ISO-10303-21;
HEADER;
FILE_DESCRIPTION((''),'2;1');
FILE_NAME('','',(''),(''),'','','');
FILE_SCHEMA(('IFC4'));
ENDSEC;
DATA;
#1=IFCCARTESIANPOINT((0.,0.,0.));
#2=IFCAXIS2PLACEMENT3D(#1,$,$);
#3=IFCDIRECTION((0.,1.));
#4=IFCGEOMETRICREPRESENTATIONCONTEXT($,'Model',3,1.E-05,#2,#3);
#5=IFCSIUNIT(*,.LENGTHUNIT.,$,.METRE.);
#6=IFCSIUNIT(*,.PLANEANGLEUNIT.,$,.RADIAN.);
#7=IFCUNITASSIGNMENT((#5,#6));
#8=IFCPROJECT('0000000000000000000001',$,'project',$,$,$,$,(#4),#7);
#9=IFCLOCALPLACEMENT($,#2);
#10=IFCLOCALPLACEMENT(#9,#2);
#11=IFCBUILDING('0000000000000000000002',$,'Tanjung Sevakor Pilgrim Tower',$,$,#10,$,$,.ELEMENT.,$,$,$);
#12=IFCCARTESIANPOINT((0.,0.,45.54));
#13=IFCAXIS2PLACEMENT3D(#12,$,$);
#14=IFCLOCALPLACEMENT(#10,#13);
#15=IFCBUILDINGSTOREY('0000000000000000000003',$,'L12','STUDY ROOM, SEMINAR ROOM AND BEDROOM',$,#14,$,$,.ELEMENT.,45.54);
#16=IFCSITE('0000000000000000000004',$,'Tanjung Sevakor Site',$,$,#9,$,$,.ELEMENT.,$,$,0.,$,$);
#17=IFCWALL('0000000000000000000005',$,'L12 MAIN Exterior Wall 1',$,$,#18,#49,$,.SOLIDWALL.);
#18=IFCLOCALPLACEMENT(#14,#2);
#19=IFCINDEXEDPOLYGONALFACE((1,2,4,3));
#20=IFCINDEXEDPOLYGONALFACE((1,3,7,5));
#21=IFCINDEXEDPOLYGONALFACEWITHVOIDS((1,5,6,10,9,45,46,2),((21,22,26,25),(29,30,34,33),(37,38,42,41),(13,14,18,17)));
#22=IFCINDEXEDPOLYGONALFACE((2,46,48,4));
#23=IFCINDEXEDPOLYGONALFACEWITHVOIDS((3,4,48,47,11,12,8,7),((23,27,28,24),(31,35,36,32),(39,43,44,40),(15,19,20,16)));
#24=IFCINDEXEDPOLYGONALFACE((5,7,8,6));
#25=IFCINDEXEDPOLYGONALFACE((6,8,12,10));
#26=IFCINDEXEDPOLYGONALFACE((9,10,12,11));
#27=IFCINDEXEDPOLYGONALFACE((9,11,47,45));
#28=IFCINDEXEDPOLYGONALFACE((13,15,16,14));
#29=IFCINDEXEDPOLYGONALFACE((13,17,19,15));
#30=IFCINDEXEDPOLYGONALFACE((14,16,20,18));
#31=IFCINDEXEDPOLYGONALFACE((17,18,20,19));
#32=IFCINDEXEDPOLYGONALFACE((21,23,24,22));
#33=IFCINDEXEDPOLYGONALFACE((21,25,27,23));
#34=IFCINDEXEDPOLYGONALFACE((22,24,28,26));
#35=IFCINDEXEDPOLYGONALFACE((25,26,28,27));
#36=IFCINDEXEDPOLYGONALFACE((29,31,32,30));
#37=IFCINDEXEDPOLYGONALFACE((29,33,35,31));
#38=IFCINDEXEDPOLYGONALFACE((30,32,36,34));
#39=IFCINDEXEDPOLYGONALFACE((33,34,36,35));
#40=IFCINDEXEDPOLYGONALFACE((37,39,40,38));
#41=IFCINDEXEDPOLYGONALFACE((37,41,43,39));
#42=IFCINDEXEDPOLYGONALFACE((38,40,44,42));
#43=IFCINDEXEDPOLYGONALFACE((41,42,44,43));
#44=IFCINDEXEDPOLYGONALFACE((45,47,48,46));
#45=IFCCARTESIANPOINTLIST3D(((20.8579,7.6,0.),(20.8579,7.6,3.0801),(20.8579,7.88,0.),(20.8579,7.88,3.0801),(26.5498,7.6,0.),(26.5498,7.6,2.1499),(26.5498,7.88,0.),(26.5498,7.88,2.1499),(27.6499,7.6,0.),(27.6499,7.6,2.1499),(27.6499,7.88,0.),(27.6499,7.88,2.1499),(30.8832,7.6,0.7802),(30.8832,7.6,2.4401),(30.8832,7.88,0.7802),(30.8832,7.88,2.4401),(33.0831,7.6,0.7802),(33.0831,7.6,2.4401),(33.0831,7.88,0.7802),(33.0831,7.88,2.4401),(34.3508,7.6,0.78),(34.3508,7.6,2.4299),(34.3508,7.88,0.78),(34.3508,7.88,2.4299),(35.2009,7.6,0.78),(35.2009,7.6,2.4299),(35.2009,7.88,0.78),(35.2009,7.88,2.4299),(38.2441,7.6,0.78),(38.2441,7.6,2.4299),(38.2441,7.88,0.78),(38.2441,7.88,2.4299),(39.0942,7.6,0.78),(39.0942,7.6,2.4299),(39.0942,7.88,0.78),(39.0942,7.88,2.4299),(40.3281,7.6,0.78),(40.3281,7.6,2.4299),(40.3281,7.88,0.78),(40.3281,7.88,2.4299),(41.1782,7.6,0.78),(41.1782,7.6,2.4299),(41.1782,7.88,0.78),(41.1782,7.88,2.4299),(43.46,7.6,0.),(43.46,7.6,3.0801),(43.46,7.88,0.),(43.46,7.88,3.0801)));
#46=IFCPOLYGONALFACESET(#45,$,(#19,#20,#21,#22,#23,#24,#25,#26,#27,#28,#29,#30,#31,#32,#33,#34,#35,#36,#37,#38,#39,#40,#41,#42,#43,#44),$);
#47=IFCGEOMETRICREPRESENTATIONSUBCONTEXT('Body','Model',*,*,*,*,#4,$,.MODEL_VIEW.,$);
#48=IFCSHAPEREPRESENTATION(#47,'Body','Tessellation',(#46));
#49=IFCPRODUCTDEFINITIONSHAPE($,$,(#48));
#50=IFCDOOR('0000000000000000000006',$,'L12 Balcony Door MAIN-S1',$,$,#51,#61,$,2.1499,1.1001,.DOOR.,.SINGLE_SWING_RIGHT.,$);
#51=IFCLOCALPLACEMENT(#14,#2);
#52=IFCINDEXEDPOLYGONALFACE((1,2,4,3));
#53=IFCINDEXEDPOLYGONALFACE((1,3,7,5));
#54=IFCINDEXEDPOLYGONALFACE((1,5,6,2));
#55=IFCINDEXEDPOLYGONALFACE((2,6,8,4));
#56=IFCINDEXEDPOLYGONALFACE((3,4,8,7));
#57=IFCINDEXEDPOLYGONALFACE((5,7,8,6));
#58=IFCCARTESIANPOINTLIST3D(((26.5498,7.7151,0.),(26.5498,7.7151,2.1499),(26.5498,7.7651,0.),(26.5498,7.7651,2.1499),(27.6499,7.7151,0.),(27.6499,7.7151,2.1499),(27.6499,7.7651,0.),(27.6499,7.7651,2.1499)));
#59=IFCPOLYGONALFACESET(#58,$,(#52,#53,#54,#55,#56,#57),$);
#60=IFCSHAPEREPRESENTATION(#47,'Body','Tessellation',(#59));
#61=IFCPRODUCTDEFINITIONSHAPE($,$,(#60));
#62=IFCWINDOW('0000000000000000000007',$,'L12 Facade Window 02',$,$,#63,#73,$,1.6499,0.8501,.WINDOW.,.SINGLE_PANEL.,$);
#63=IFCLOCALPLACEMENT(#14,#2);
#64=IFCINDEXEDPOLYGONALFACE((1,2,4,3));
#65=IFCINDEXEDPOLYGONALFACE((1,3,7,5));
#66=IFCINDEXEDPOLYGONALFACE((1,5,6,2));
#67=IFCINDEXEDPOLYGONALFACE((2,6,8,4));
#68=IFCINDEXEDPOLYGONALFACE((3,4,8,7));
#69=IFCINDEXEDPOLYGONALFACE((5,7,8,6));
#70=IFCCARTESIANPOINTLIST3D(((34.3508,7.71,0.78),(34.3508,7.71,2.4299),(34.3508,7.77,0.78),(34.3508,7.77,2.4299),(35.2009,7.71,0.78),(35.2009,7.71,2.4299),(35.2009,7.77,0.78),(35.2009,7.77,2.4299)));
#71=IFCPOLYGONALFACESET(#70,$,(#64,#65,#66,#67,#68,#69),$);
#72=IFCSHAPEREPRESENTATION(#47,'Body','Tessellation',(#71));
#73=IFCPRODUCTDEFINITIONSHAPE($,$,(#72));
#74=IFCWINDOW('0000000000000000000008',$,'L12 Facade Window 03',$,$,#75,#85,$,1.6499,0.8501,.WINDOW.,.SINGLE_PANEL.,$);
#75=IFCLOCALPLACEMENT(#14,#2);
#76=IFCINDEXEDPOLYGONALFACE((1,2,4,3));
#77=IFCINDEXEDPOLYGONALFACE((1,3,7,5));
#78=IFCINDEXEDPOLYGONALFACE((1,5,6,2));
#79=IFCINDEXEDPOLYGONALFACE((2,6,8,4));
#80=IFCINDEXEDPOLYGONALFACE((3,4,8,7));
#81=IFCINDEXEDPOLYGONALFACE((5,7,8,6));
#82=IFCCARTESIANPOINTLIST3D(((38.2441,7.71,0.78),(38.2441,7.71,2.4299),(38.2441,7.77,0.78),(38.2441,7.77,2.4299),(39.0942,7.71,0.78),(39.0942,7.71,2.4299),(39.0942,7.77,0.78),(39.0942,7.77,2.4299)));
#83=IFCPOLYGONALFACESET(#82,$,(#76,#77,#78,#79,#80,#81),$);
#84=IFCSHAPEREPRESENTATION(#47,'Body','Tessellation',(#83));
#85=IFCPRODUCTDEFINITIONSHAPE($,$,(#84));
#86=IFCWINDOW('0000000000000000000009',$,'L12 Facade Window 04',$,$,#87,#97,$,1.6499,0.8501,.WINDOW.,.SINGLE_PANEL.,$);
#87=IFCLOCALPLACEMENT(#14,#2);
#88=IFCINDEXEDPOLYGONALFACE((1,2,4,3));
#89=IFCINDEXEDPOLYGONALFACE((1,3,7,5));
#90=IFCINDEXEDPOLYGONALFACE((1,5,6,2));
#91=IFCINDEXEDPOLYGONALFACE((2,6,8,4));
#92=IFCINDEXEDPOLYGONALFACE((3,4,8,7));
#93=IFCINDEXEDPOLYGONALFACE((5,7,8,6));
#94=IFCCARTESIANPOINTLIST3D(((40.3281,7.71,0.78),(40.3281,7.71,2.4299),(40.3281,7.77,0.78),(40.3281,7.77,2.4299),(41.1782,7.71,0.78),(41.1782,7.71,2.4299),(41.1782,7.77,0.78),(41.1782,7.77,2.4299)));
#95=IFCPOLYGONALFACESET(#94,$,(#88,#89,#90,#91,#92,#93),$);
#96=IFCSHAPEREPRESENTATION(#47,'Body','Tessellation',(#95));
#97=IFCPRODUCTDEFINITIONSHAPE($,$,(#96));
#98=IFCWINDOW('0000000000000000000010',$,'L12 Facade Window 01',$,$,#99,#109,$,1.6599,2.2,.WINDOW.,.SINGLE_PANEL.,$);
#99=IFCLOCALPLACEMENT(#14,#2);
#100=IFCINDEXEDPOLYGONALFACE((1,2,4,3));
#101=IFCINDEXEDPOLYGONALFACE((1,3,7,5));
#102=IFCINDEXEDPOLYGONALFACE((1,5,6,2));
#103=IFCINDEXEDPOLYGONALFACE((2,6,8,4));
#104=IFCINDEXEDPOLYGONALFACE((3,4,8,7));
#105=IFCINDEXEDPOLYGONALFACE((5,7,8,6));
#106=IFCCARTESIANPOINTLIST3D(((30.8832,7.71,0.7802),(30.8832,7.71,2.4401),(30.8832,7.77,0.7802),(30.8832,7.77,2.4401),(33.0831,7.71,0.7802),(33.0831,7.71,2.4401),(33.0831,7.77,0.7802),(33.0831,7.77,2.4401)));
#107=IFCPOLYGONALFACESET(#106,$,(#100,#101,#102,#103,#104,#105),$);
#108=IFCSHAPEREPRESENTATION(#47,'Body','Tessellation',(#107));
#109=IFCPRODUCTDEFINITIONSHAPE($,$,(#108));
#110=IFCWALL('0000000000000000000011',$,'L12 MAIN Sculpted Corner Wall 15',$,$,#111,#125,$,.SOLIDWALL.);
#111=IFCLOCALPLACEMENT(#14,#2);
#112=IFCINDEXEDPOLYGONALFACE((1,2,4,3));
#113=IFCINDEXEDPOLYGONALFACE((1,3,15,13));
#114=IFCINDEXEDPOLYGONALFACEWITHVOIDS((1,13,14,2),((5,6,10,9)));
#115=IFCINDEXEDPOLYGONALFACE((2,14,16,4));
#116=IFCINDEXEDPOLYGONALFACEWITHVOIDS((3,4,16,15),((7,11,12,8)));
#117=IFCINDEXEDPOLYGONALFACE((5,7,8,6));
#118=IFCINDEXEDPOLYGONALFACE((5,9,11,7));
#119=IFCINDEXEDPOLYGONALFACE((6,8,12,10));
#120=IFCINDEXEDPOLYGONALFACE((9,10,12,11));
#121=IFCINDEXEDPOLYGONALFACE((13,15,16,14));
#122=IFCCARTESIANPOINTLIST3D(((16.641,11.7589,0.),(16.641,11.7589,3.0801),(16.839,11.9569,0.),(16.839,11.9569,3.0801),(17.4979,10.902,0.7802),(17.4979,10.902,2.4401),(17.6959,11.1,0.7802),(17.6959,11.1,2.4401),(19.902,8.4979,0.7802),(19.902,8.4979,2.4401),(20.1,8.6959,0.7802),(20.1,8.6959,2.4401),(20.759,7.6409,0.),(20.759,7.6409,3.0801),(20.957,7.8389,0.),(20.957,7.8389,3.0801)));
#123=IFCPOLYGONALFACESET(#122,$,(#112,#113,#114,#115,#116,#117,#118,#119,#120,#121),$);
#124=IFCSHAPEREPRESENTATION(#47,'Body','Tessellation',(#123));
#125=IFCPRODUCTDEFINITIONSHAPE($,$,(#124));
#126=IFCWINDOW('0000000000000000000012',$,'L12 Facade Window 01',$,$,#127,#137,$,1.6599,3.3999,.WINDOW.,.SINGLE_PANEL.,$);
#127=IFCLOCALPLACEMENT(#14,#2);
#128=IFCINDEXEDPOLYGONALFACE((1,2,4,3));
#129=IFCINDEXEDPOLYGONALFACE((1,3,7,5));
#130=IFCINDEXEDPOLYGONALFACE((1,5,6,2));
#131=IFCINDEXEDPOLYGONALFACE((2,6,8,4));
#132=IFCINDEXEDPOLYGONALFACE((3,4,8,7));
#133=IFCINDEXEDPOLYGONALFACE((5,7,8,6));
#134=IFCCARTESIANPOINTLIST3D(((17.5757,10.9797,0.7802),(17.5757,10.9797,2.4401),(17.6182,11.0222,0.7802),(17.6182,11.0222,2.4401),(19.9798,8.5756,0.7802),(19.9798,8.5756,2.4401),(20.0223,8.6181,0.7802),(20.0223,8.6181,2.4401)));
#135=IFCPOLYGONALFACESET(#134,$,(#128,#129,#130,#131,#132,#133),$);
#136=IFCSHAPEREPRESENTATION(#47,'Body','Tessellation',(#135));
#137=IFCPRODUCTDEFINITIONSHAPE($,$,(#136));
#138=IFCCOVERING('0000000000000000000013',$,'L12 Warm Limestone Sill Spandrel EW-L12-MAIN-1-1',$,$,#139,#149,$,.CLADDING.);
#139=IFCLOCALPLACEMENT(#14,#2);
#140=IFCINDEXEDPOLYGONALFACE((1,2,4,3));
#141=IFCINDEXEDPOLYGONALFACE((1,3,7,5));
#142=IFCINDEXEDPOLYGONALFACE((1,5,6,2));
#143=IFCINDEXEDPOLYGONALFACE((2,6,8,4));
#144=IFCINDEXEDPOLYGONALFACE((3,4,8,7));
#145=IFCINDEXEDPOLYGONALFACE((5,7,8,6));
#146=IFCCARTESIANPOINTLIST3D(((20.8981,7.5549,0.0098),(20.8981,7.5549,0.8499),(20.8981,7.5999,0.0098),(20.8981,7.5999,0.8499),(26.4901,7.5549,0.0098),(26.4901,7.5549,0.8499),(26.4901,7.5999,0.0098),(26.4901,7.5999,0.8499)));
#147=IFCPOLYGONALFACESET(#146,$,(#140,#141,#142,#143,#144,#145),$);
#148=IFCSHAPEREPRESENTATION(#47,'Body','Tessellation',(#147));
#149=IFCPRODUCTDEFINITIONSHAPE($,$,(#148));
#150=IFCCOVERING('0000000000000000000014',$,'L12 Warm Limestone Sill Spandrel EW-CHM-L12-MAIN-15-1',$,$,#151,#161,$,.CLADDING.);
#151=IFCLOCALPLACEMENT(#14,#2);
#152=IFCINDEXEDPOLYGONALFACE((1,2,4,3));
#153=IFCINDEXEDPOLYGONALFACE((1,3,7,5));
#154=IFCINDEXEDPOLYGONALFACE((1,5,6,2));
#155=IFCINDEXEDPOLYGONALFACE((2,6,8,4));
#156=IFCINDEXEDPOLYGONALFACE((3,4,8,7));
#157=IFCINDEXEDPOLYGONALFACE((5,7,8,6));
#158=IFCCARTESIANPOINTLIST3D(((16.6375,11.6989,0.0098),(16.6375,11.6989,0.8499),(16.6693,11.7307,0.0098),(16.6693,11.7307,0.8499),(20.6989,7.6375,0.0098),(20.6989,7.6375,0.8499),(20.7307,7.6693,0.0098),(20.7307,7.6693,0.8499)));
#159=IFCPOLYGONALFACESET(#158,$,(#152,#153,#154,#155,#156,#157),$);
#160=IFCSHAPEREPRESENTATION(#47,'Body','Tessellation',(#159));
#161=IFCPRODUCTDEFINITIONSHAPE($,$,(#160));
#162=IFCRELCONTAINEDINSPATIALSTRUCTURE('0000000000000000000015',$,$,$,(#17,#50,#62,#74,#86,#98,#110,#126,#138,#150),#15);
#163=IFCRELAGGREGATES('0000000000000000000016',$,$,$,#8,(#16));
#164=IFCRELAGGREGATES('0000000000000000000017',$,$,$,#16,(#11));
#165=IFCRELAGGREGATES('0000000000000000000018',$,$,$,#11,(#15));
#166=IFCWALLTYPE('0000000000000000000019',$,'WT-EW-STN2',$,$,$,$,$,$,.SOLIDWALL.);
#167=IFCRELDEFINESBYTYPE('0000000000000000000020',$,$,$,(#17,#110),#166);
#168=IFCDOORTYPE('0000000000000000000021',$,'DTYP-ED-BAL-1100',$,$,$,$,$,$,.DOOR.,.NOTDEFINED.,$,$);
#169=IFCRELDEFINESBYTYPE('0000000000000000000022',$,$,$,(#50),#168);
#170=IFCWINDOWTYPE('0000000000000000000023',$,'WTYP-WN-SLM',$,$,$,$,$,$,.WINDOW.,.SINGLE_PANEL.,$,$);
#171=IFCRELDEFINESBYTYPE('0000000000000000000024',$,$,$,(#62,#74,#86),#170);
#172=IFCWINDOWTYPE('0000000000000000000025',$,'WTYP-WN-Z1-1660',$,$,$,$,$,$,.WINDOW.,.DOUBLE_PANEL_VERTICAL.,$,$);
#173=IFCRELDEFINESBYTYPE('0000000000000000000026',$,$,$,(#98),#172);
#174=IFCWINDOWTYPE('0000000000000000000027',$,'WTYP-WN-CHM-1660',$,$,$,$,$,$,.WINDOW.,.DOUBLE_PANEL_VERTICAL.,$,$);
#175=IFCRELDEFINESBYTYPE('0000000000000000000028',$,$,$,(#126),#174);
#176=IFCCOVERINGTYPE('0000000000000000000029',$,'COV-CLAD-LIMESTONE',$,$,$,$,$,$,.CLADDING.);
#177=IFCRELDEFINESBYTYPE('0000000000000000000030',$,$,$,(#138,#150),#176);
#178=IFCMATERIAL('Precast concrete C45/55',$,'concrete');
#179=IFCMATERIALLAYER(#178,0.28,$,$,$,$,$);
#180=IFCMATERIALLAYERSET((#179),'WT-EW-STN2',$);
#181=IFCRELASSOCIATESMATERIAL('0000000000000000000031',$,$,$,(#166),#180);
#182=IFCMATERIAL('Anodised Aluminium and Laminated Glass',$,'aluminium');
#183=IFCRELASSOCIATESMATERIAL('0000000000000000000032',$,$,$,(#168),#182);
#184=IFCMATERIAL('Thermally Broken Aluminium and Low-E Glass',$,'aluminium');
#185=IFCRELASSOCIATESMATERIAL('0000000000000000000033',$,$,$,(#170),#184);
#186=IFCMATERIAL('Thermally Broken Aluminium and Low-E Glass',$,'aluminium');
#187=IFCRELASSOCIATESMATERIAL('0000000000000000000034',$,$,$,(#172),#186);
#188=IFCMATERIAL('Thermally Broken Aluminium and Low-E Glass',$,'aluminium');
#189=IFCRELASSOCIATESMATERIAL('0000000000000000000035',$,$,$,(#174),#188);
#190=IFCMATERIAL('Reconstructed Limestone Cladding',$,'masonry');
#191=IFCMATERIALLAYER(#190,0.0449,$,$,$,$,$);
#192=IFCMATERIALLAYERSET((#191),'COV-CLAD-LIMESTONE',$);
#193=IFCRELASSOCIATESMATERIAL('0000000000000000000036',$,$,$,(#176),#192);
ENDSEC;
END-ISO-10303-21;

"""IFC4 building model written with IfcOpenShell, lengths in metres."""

from ifc_helpers import new_model, si_unit, direction, frame, frame_2d, origin, origin_2d, place, context, subcontext, project, spatial, rectangle, extrude, material, layer, layer_set, type_object, element, fill, save


model = new_model("IFC4")

# Units and contexts
model_context = context("Model", 3, precision=1e-05, world=origin(), true_north=direction((0.0, 1.0)))
body_context = subcontext(model_context, "Body", "Model", "MODEL_VIEW")
ifc_project = project(units=[si_unit("LENGTHUNIT", "METRE"), si_unit("PLANEANGLEUNIT", "RADIAN")], contexts=[model_context])

# Site, building, storey
site_placement = place(None, origin())
site = spatial("IfcSite", under=ifc_project, at=site_placement, Name="Tanjung Sevakor Site", CompositionType="ELEMENT", RefElevation=0.0)
building_placement = place(site_placement, origin())
building = spatial("IfcBuilding", under=site, at=building_placement, Name="Tanjung Sevakor Pilgrim Tower", CompositionType="ELEMENT")
storey_placement = place(building_placement, frame((0.0, 0.0, 45.54)))
storey = spatial("IfcBuildingStorey", under=building, at=storey_placement, Name="L12", Description="STUDY ROOM, SEMINAR ROOM AND BEDROOM", CompositionType="ELEMENT", Elevation=45.54)

# Wall, openings, door, windows
ifc_material_1 = material(Name="Precast concrete C45/55", Category="concrete")
ifc_layer_1 = layer(ifc_material_1, 0.28)
ifc_layer_set_1 = layer_set([ifc_layer_1], Name="WT-EW-STN2")
wall_type_1 = type_object("IfcWallType", Name="WT-EW-STN2", PredefinedType="SOLIDWALL", material=ifc_layer_set_1)
wall_1_placement = place(storey_placement, frame((20.8579, 7.74, 0.0), z_axis=(0.0, 0.0, 1.0), x_axis=(1.0, 0.0, 0.0)))
wall_1 = element("IfcWall", 1, at=wall_1_placement, inside=storey, type_object=wall_type_1, Name="L12 MAIN Exterior Wall 1", PredefinedType="SOLIDWALL", context=body_context, shape_type="SweptSolid", body=[
    extrude(rectangle(XDim=22.6021, YDim=0.28, at=frame_2d((11.301, 0.0))), origin(), (0.0, 0.0, 1.0), 3.0801),
])
opening_1_placement = place(wall_1_placement, frame((5.6919, 0.0, 0.0)))
opening_1 = element("IfcOpeningElement", 2, at=opening_1_placement, cuts=wall_1, PredefinedType="OPENING", context=body_context, shape_type="SweptSolid", body=[
    extrude(rectangle(XDim=1.1001, YDim=2.1499, at=frame_2d((0.55, 1.075))), frame((0.0, 0.1499, 0.0), z_axis=(0.0, -1.0, 0.0), x_axis=(1.0, 0.0, 0.0)), (0.0, 0.0, 1.0), 0.3),
])
opening_2_placement = place(wall_1_placement, frame((10.0251, 0.0, 0.78)))
opening_2 = element("IfcOpeningElement", 3, at=opening_2_placement, cuts=wall_1, PredefinedType="OPENING", context=body_context, shape_type="SweptSolid", body=[
    extrude(rectangle(XDim=2.2, YDim=1.6599, at=frame_2d((1.1001, 0.8301))), frame((0.0, 0.1499, 0.0), z_axis=(0.0, -1.0, 0.0), x_axis=(1.0, 0.0, 0.0)), (0.0, 0.0, 1.0), 0.3),
])
opening_3_placement = place(wall_1_placement, frame((13.4929, 0.0, 0.78)))
opening_3 = element("IfcOpeningElement", 4, at=opening_3_placement, cuts=wall_1, PredefinedType="OPENING", context=body_context, shape_type="SweptSolid", body=[
    extrude(rectangle(XDim=0.8501, YDim=1.6499, at=frame_2d((0.425, 0.825))), frame((0.0, 0.1499, 0.0), z_axis=(0.0, -1.0, 0.0), x_axis=(1.0, 0.0, 0.0)), (0.0, 0.0, 1.0), 0.3),
])
opening_4_placement = place(wall_1_placement, frame((17.3862, 0.0, 0.78)))
opening_4 = element("IfcOpeningElement", 5, at=opening_4_placement, cuts=wall_1, PredefinedType="OPENING", context=body_context, shape_type="SweptSolid", body=[
    extrude(rectangle(XDim=0.8501, YDim=1.6499, at=frame_2d((0.425, 0.825))), frame((0.0, 0.1499, 0.0), z_axis=(0.0, -1.0, 0.0), x_axis=(1.0, 0.0, 0.0)), (0.0, 0.0, 1.0), 0.3),
])
opening_5_placement = place(wall_1_placement, frame((19.4702, 0.0, 0.78)))
opening_5 = element("IfcOpeningElement", 6, at=opening_5_placement, cuts=wall_1, PredefinedType="OPENING", context=body_context, shape_type="SweptSolid", body=[
    extrude(rectangle(XDim=0.8501, YDim=1.6499, at=frame_2d((0.425, 0.825))), frame((0.0, 0.1499, 0.0), z_axis=(0.0, -1.0, 0.0), x_axis=(1.0, 0.0, 0.0)), (0.0, 0.0, 1.0), 0.3),
])
ifc_material_2 = material(Name="Anodised Aluminium and Laminated Glass", Category="aluminium")
door_type = type_object("IfcDoorType", Name="DTYP-ED-BAL-1100", OperationType="NOTDEFINED", PredefinedType="DOOR", material=ifc_material_2)
door_placement = place(opening_1_placement, frame((1.1001, 0.0, 0.0), z_axis=(0.0, 0.0, 1.0), x_axis=(-1.0, 0.0, 0.0)))
door = element("IfcDoor", 7, at=door_placement, inside=storey, type_object=door_type, Name="L12 Balcony Door MAIN-S1", OperationType="SINGLE_SWING_RIGHT", OverallHeight=2.1499, OverallWidth=1.1001, PredefinedType="DOOR", context=body_context, shape_type="SweptSolid", body=[
    extrude(rectangle(XDim=1.1001, YDim=2.1499, at=frame_2d((0.55, 1.075))), frame((0.0, 0.0249, 0.0), z_axis=(0.0, -1.0, 0.0), x_axis=(1.0, 0.0, 0.0)), (0.0, 0.0, 1.0), 0.05),
])
fill(opening_1, door)
ifc_material_3 = material(Name="Thermally Broken Aluminium and Low-E Glass", Category="aluminium")
window_type_1 = type_object("IfcWindowType", Name="WTYP-WN-SLM", PartitioningType="SINGLE_PANEL", PredefinedType="WINDOW", material=ifc_material_3)
window_1_placement = place(opening_3_placement, origin())
window_1 = element("IfcWindow", 8, at=window_1_placement, inside=storey, type_object=window_type_1, Name="L12 Facade Window 02", OverallHeight=1.6499, OverallWidth=0.8501, PartitioningType="SINGLE_PANEL", PredefinedType="WINDOW", context=body_context, shape_type="SweptSolid", body=[
    extrude(rectangle(XDim=0.8501, YDim=1.6499, at=frame_2d((0.425, 0.825))), frame((0.0, 0.03, 0.0), z_axis=(0.0, -1.0, 0.0), x_axis=(1.0, 0.0, 0.0)), (0.0, 0.0, 1.0), 0.0601),
])
fill(opening_3, window_1)
window_2_placement = place(opening_4_placement, origin())
window_2 = element("IfcWindow", 9, at=window_2_placement, inside=storey, type_object=window_type_1, Name="L12 Facade Window 03", OverallHeight=1.6499, OverallWidth=0.8501, PartitioningType="SINGLE_PANEL", PredefinedType="WINDOW", context=body_context, shape_type="SweptSolid", body=[
    extrude(rectangle(XDim=0.8501, YDim=1.6499, at=frame_2d((0.425, 0.825))), frame((0.0, 0.03, 0.0), z_axis=(0.0, -1.0, 0.0), x_axis=(1.0, 0.0, 0.0)), (0.0, 0.0, 1.0), 0.0601),
])
fill(opening_4, window_2)
window_3_placement = place(opening_5_placement, origin())
window_3 = element("IfcWindow", 10, at=window_3_placement, inside=storey, type_object=window_type_1, Name="L12 Facade Window 04", OverallHeight=1.6499, OverallWidth=0.8501, PartitioningType="SINGLE_PANEL", PredefinedType="WINDOW", context=body_context, shape_type="SweptSolid", body=[
    extrude(rectangle(XDim=0.8501, YDim=1.6499, at=frame_2d((0.425, 0.825))), frame((0.0, 0.03, 0.0), z_axis=(0.0, -1.0, 0.0), x_axis=(1.0, 0.0, 0.0)), (0.0, 0.0, 1.0), 0.0601),
])
fill(opening_5, window_3)
ifc_material_4 = material(Name="Thermally Broken Aluminium and Low-E Glass", Category="aluminium")
window_type_2 = type_object("IfcWindowType", Name="WTYP-WN-Z1-1660", PartitioningType="DOUBLE_PANEL_VERTICAL", PredefinedType="WINDOW", material=ifc_material_4)
window_4_placement = place(opening_2_placement, origin())
window_4 = element("IfcWindow", 11, at=window_4_placement, inside=storey, type_object=window_type_2, Name="L12 Facade Window 01", OverallHeight=1.6599, OverallWidth=2.2, PartitioningType="SINGLE_PANEL", PredefinedType="WINDOW", context=body_context, shape_type="SweptSolid", body=[
    extrude(rectangle(XDim=2.2, YDim=1.6599, at=frame_2d((1.1001, 0.8301))), frame((0.0, 0.03, 0.0), z_axis=(0.0, -1.0, 0.0), x_axis=(1.0, 0.0, 0.0)), (0.0, 0.0, 1.0), 0.0601),
])
fill(opening_2, window_4)

# Wall, opening, window
wall_2_placement = place(storey_placement, frame((16.74, 11.8579, 0.0), z_axis=(0.0, 0.0, 1.0), x_axis=(0.707107, -0.707107, 0.0)))
wall_2 = element("IfcWall", 12, at=wall_2_placement, inside=storey, type_object=wall_type_1, Name="L12 MAIN Sculpted Corner Wall 15", PredefinedType="SOLIDWALL", context=body_context, shape_type="SweptSolid", body=[
    extrude(rectangle(XDim=5.8237, YDim=0.28, at=frame_2d((2.9119, 0.0))), origin(), (0.0, 0.0, 1.0), 3.0801),
])
opening_6_placement = place(wall_2_placement, frame((1.2119, 0.0, 0.78)))
opening_6 = element("IfcOpeningElement", 13, at=opening_6_placement, cuts=wall_2, PredefinedType="OPENING", context=body_context, shape_type="SweptSolid", body=[
    extrude(rectangle(XDim=3.3999, YDim=1.6599, at=frame_2d((1.7, 0.8301))), frame((0.0, 0.1499, 0.0), z_axis=(0.0, -1.0, 0.0), x_axis=(1.0, 0.0, 0.0)), (0.0, 0.0, 1.0), 0.3),
])
ifc_material_5 = material(Name="Thermally Broken Aluminium and Low-E Glass", Category="aluminium")
window_type_3 = type_object("IfcWindowType", Name="WTYP-WN-CHM-1660", PartitioningType="DOUBLE_PANEL_VERTICAL", PredefinedType="WINDOW", material=ifc_material_5)
window_5_placement = place(opening_6_placement, origin())
window_5 = element("IfcWindow", 14, at=window_5_placement, inside=storey, type_object=window_type_3, Name="L12 Facade Window 01", OverallHeight=1.6599, OverallWidth=3.3999, PartitioningType="SINGLE_PANEL", PredefinedType="WINDOW", context=body_context, shape_type="SweptSolid", body=[
    extrude(rectangle(XDim=3.3999, YDim=1.6599, at=frame_2d((1.7, 0.8301))), frame((0.0, 0.03, 0.0), z_axis=(0.0, -1.0, 0.0), x_axis=(1.0, 0.0, 0.0)), (0.0, 0.0, 1.0), 0.0601),
])
fill(opening_6, window_5)

# Coverings
ifc_material_6 = material(Name="Reconstructed Limestone Cladding", Category="masonry")
ifc_layer_2 = layer(ifc_material_6, 0.0449)
ifc_layer_set_2 = layer_set([ifc_layer_2], Name="COV-CLAD-LIMESTONE")
covering_type = type_object("IfcCoveringType", Name="COV-CLAD-LIMESTONE", PredefinedType="CLADDING", material=ifc_layer_set_2)
covering_1_placement = place(storey_placement, frame((23.6941, 7.5774, 0.0098), z_axis=(0.0, 0.0, 1.0), x_axis=(1.0, 0.0, 0.0)))
element("IfcCovering", 15, at=covering_1_placement, inside=storey, type_object=covering_type, Name="L12 Warm Limestone Sill Spandrel EW-L12-MAIN-1-1", PredefinedType="CLADDING", context=body_context, shape_type="SweptSolid", body=[
    extrude(rectangle(XDim=5.592, YDim=0.0449, at=origin_2d()), origin(), (0.0, 0.0, 1.0), 0.8401),
])
covering_2_placement = place(storey_placement, frame((18.6841, 9.6841, 0.0098), z_axis=(0.0, 0.0, 1.0), x_axis=(0.707107, -0.707107, 0.0)))
element("IfcCovering", 16, at=covering_2_placement, inside=storey, type_object=covering_type, Name="L12 Warm Limestone Sill Spandrel EW-CHM-L12-MAIN-15-1", PredefinedType="CLADDING", context=body_context, shape_type="SweptSolid", body=[
    extrude(rectangle(XDim=5.7437, YDim=0.0449, at=origin_2d()), origin(), (0.0, 0.0, 1.0), 0.8401),
])

save(model, "model.ifc")
